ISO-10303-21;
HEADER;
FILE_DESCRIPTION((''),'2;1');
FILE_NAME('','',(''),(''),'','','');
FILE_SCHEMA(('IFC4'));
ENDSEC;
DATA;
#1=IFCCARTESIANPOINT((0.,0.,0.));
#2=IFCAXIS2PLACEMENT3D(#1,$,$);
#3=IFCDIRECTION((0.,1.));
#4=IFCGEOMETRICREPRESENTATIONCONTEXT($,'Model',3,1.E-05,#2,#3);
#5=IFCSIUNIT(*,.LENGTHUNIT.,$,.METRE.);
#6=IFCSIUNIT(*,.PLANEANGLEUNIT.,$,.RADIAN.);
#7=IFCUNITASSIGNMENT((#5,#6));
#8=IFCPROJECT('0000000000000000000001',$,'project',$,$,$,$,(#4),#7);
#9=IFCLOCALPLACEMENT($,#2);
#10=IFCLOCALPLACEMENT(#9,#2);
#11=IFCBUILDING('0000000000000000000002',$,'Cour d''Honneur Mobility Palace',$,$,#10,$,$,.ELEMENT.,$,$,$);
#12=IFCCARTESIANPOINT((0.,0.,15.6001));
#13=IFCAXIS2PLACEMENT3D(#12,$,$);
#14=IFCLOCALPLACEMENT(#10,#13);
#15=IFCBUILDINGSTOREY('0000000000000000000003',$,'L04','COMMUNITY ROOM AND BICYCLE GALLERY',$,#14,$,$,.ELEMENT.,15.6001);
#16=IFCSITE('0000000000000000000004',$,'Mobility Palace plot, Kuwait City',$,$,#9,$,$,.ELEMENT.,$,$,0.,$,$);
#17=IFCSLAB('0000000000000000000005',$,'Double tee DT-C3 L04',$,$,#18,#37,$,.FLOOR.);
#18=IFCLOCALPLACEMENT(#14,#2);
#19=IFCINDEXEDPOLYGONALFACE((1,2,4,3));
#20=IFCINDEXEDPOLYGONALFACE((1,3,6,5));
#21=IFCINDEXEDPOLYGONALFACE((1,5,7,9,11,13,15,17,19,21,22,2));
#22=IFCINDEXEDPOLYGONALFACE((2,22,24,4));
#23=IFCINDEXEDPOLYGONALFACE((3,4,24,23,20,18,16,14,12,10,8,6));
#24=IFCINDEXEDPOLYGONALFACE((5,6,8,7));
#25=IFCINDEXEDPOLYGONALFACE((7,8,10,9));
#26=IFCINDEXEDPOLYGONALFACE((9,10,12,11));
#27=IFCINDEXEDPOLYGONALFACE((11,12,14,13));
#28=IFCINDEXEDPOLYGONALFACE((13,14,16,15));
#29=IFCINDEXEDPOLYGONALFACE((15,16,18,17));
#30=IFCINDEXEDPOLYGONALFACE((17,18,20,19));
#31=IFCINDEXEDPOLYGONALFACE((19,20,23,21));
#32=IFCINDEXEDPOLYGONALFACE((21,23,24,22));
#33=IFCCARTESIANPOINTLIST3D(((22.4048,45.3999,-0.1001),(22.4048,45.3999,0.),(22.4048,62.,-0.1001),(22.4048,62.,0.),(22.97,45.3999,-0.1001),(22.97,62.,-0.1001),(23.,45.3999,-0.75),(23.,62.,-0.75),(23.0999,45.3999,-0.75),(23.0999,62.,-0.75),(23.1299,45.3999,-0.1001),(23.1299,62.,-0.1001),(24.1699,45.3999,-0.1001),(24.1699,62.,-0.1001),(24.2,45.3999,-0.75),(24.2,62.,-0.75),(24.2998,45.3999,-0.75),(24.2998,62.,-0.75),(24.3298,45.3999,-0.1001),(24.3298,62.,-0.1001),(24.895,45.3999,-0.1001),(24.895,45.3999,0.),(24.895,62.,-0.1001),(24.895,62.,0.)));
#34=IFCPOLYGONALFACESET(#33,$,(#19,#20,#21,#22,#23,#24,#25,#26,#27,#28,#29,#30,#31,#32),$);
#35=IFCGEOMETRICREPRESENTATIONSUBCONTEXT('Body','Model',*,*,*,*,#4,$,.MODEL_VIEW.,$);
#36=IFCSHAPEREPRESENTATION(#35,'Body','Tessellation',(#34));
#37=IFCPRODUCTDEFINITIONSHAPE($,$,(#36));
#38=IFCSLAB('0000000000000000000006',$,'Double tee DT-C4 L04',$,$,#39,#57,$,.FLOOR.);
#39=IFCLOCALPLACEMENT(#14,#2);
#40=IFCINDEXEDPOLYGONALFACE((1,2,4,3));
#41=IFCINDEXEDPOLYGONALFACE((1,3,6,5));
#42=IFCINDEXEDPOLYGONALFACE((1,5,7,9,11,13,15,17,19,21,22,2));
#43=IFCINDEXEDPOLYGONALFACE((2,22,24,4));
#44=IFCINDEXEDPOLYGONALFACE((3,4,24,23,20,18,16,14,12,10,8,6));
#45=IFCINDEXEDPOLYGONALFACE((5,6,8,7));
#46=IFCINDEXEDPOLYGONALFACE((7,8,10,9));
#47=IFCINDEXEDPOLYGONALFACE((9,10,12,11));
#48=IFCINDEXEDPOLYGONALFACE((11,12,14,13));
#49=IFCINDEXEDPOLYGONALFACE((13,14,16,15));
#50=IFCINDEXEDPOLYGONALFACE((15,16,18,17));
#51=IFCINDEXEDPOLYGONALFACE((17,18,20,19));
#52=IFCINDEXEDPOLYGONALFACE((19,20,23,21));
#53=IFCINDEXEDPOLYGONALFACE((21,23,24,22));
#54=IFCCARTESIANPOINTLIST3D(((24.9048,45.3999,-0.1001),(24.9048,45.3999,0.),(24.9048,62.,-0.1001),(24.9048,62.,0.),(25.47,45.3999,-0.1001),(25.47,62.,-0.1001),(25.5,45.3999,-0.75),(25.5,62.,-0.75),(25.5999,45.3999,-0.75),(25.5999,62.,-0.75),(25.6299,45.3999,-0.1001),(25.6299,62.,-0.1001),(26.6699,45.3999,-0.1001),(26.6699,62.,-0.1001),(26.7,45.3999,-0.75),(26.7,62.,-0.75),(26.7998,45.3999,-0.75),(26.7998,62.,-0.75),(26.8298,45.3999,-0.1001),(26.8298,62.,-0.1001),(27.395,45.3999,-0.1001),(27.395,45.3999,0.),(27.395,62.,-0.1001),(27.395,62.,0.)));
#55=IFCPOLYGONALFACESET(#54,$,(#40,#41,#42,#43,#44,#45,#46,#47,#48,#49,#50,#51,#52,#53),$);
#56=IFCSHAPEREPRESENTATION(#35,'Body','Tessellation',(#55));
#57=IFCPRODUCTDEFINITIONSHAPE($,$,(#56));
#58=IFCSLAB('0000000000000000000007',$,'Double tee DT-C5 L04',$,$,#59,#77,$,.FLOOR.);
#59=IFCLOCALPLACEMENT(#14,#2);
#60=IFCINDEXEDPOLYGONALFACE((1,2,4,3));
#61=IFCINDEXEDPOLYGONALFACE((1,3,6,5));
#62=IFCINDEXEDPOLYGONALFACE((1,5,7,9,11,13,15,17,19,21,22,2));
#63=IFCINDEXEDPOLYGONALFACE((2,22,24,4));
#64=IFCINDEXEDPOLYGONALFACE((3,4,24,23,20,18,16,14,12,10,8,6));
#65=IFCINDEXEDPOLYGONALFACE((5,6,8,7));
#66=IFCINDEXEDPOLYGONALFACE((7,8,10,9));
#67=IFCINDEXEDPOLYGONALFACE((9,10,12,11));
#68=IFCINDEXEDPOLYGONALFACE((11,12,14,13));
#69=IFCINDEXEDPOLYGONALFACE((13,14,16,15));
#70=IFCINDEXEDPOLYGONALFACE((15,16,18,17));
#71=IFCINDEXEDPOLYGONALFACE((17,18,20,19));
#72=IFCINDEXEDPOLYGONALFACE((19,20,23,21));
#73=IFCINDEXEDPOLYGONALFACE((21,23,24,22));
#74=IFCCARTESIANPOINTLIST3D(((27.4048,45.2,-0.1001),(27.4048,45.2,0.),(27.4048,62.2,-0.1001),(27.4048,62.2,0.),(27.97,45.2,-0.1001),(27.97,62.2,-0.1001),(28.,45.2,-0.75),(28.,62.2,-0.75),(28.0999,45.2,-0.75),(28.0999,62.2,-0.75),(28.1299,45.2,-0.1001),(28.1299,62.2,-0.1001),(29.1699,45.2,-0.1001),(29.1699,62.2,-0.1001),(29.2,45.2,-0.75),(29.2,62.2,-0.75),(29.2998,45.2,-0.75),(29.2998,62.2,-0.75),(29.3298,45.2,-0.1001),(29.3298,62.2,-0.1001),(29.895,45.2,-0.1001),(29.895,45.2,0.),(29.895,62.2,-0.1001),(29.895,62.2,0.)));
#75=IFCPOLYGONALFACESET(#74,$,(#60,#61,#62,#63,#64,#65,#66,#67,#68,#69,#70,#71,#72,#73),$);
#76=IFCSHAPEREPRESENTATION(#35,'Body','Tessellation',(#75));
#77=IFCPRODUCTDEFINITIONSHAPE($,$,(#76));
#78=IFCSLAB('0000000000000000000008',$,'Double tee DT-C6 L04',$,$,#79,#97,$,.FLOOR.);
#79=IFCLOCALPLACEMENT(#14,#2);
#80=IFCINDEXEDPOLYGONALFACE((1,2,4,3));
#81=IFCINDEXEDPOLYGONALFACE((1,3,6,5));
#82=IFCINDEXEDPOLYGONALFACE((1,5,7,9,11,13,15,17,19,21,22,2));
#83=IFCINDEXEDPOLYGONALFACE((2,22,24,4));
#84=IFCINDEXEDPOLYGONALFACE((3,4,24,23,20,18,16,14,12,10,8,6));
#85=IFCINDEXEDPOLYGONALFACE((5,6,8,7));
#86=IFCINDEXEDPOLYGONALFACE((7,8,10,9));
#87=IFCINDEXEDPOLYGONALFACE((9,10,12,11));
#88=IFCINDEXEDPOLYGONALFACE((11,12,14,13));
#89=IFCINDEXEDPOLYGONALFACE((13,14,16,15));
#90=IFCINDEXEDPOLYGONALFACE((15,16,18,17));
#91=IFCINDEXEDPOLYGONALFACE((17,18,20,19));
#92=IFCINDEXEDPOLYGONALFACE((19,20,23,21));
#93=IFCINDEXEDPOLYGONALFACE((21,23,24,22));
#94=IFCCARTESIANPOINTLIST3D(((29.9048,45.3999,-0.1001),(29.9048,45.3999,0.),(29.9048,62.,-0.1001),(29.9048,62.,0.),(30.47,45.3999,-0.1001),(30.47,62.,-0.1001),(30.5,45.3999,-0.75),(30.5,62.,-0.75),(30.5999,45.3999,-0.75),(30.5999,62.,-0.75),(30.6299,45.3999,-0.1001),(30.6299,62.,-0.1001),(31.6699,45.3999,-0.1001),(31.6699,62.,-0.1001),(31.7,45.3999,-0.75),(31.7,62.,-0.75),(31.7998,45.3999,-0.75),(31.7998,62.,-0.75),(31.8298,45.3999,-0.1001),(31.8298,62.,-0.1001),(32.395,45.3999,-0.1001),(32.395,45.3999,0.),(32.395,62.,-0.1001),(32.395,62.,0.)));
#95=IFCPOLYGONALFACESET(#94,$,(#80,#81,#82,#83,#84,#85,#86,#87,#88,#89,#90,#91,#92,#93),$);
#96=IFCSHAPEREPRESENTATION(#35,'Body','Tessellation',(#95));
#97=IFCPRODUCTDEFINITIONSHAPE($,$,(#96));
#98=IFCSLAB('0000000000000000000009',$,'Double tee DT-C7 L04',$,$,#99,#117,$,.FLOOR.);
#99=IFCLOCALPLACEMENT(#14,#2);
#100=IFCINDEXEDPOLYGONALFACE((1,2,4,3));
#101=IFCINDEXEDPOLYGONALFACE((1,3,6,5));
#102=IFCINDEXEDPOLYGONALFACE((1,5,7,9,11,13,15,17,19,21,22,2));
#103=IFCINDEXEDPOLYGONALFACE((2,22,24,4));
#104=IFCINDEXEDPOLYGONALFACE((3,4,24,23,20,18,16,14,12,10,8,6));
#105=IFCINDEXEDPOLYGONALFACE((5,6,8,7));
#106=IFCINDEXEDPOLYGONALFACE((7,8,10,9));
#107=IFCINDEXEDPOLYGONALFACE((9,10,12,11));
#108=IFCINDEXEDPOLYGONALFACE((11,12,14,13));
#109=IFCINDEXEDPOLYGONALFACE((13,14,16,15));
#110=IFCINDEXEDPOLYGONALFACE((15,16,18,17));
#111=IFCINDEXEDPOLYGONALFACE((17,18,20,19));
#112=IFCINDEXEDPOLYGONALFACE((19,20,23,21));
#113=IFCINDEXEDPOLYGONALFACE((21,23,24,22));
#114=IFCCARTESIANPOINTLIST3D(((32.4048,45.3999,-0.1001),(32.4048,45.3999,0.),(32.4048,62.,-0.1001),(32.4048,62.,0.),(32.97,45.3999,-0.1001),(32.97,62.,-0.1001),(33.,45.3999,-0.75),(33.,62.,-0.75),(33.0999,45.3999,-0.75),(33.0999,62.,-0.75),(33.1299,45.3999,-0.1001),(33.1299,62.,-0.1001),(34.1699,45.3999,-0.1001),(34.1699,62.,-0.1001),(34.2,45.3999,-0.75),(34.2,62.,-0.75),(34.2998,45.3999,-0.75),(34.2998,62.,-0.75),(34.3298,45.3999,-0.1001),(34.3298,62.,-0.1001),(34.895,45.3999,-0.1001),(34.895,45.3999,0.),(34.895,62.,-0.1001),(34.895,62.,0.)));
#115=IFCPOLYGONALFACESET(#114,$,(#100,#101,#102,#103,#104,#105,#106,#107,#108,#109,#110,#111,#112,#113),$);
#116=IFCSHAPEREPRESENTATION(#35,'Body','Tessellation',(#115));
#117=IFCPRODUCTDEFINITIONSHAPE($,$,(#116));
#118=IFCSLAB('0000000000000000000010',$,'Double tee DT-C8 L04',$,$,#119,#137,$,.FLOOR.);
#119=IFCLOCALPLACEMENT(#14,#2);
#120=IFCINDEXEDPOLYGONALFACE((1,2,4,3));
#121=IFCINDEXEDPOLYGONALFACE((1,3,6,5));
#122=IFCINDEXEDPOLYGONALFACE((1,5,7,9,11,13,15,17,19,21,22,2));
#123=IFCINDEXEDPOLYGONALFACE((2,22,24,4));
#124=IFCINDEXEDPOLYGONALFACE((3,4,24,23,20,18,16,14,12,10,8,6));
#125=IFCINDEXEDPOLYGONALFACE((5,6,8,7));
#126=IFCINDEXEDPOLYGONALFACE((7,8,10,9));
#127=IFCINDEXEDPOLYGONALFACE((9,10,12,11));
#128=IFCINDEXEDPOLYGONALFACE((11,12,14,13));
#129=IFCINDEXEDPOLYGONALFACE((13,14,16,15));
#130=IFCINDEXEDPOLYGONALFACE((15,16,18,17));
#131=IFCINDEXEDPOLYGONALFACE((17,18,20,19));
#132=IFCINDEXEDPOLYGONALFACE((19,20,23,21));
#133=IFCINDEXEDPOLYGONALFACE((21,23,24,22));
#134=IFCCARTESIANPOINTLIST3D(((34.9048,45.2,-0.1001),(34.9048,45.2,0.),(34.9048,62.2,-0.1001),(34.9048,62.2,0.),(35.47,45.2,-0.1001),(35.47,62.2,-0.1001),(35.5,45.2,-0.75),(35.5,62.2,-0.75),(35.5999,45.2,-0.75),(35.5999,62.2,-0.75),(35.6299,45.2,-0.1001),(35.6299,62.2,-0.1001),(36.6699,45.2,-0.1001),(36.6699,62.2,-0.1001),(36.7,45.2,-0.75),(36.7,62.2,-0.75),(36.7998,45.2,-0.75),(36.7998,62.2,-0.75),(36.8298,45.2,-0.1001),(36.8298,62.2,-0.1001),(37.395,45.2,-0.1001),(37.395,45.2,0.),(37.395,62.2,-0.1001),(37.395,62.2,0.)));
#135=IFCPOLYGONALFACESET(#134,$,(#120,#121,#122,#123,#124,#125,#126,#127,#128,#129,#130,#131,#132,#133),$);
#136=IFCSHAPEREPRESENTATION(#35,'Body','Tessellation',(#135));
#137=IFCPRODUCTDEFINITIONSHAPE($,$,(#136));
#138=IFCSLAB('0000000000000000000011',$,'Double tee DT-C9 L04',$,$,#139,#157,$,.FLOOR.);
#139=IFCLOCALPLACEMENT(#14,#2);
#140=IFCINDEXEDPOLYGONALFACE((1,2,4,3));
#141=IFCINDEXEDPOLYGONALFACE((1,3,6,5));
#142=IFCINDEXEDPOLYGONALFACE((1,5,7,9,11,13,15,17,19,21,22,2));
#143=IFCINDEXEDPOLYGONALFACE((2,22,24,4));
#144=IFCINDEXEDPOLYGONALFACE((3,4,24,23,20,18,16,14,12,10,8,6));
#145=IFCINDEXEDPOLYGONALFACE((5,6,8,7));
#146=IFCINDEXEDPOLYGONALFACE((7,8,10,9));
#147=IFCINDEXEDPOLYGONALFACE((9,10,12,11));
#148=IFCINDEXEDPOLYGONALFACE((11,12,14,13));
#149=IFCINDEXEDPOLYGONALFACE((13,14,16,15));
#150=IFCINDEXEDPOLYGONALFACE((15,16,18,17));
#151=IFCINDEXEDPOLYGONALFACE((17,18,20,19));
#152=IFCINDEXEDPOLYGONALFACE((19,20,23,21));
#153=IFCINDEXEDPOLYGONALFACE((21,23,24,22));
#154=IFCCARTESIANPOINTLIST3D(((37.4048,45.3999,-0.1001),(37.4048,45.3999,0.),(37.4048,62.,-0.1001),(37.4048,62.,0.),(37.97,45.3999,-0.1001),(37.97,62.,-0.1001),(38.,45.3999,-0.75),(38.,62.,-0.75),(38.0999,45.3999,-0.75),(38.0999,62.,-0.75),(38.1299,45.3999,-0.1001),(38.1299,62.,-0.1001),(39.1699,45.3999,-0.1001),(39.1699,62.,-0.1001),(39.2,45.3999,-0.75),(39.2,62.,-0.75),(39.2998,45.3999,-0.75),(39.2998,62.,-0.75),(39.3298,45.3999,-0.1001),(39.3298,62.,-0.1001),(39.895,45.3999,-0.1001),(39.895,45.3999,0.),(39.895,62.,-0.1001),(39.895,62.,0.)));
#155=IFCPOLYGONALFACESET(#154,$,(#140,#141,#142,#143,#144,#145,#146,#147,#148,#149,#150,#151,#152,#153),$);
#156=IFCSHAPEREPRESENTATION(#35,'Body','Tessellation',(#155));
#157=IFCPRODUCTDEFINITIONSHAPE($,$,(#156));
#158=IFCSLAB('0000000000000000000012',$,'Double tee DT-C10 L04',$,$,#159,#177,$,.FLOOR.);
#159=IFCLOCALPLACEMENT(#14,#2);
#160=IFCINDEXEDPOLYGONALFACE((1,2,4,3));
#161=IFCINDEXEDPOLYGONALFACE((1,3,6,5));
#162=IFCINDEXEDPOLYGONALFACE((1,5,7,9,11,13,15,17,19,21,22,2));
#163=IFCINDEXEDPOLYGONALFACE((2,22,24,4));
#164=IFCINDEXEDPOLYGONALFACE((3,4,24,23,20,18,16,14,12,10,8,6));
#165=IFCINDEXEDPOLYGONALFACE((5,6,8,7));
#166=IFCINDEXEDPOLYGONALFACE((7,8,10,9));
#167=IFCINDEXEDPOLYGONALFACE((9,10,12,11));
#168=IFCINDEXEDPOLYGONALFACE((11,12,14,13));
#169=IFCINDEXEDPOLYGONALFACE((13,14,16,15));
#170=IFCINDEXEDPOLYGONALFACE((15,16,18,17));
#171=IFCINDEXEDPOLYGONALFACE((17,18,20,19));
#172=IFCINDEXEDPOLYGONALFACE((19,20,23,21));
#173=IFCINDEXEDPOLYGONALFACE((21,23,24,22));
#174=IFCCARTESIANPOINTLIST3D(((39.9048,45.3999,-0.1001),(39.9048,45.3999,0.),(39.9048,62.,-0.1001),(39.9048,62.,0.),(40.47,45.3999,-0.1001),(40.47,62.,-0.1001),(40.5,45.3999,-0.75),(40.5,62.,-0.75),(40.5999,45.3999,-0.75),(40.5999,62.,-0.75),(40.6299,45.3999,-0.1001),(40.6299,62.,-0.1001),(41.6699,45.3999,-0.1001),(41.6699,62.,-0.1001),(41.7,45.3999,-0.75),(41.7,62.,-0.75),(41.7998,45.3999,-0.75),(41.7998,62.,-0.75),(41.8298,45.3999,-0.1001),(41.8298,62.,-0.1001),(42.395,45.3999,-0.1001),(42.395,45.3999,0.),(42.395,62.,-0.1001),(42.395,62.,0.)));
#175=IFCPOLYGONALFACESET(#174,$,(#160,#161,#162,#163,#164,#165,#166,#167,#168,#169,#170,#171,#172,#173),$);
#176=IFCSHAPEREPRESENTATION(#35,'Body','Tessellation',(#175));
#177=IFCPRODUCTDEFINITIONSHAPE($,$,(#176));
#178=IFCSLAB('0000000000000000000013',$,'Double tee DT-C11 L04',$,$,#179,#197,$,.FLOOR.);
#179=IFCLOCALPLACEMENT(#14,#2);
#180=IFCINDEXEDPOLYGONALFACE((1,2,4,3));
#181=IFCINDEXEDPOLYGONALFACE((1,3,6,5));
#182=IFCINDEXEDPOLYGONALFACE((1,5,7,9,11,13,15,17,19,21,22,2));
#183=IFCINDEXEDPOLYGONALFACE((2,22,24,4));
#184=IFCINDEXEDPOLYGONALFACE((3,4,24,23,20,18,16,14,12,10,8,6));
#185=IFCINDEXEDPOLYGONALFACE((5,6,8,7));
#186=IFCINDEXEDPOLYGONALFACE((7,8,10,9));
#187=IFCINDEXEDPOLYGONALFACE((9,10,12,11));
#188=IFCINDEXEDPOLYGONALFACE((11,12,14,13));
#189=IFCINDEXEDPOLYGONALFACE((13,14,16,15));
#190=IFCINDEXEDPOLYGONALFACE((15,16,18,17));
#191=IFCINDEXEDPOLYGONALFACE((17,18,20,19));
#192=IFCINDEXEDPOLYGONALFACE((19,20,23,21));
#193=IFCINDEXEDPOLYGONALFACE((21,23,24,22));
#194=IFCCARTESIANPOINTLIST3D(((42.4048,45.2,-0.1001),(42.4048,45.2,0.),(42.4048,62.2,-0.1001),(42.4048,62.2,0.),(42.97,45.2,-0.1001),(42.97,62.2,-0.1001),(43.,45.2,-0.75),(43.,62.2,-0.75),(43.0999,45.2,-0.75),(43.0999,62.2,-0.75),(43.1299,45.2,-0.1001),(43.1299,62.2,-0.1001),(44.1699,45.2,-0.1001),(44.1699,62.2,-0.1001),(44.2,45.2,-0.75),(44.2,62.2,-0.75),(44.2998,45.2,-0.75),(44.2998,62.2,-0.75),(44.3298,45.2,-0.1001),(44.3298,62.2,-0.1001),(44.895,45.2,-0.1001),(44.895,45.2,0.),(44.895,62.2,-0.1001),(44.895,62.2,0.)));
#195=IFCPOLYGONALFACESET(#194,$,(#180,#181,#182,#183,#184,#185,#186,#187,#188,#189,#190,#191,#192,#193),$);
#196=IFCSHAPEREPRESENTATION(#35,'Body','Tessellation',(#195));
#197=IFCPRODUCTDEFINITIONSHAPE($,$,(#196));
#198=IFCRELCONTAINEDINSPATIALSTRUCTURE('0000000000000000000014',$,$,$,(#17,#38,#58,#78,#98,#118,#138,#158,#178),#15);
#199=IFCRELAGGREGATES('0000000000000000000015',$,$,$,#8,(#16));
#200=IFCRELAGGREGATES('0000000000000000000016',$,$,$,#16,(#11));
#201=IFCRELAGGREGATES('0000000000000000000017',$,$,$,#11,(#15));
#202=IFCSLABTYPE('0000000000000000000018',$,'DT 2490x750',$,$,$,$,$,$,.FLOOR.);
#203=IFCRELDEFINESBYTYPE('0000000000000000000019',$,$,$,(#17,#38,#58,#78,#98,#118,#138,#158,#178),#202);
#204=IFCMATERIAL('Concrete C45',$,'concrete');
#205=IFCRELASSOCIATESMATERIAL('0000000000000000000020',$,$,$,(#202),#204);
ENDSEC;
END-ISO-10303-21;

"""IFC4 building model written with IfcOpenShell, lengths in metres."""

from ifc_helpers import new_model, si_unit, direction, frame, origin, place, context, subcontext, project, spatial, polyline, outline, extrude, material, material_profile, profile_set, type_object, element, save


model = new_model("IFC4")

# Units and contexts
model_context = context("Model", 3, precision=1e-05, world=origin(), true_north=direction((0.0, 1.0)))
body_context = subcontext(model_context, "Body", "Model", "MODEL_VIEW")
ifc_project = project(units=[si_unit("LENGTHUNIT", "METRE"), si_unit("PLANEANGLEUNIT", "RADIAN")], contexts=[model_context])

# Site, building, storey
site_placement = place(None, origin())
site = spatial("IfcSite", under=ifc_project, at=site_placement, Name="Mobility Palace plot, Kuwait City", CompositionType="ELEMENT", RefElevation=0.0)
building_placement = place(site_placement, origin())
building = spatial("IfcBuilding", under=site, at=building_placement, Name="Cour d'Honneur Mobility Palace", CompositionType="ELEMENT")
storey_placement = place(building_placement, frame((0.0, 0.0, 15.6001)))
storey = spatial("IfcBuildingStorey", under=building, at=storey_placement, Name="L04", Description="COMMUNITY ROOM AND BICYCLE GALLERY", CompositionType="ELEMENT", Elevation=15.6001)

# Slabs
ifc_material_1 = material(Name="Concrete C45", Category="concrete")
ifc_material_profile_1 = material_profile(ifc_material_1, outline(polyline([(-1.2451, 0.0), (1.2451, 0.0), (1.2451, -0.1001), (0.6799, -0.1001), (0.6499, -0.75), (0.55, -0.75), (0.52, -0.1001), (-0.52, -0.1001), (-0.55, -0.75), (-0.6499, -0.75), (-0.6799, -0.1001), (-1.2451, -0.1001), (-1.2451, 0.0)])), Name="DT 2490x750")
ifc_profile_set_1 = profile_set([ifc_material_profile_1], Name="Concrete C45")
slab_type = type_object("IfcSlabType", Name="DT 2490x750", PredefinedType="FLOOR", material=ifc_profile_set_1)
for number, where, z_axis, x_axis, name in (
    (1, (23.6499, 45.3999, 0.0), (0.0, 1.0, 0.0), (-1.0, 0.0, 0.0), "Double tee DT-C3 L04"),
    (2, (26.1499, 45.3999, 0.0), (0.0, 1.0, 0.0), (-1.0, 0.0, 0.0), "Double tee DT-C4 L04"),
):
    element("IfcSlab", number, at=place(storey_placement, frame(where, z_axis=z_axis, x_axis=x_axis)), inside=storey, type_object=slab_type, Name=name, PredefinedType="FLOOR", context=body_context, shape_type="SweptSolid", body=[
        extrude(outline(polyline([(-1.2451, 0.0), (1.2451, 0.0), (1.2451, -0.1001), (0.6799, -0.1001), (0.6499, -0.75), (0.55, -0.75), (0.52, -0.1001), (-0.52, -0.1001), (-0.55, -0.75), (-0.6499, -0.75), (-0.6799, -0.1001), (-1.2451, -0.1001), (-1.2451, 0.0)])), origin(), (0.0, 0.0, 1.0), 16.6001),
    ])
slab_1_placement = place(storey_placement, frame((28.6499, 45.2, 0.0), z_axis=(0.0, 1.0, 0.0), x_axis=(-1.0, 0.0, 0.0)))
element("IfcSlab", 3, at=slab_1_placement, inside=storey, type_object=slab_type, Name="Double tee DT-C5 L04", PredefinedType="FLOOR", context=body_context, shape_type="SweptSolid", body=[
    extrude(outline(polyline([(-1.2451, 0.0), (1.2451, 0.0), (1.2451, -0.1001), (0.6799, -0.1001), (0.6499, -0.75), (0.55, -0.75), (0.52, -0.1001), (-0.52, -0.1001), (-0.55, -0.75), (-0.6499, -0.75), (-0.6799, -0.1001), (-1.2451, -0.1001), (-1.2451, 0.0)])), origin(), (0.0, 0.0, 1.0), 17.0),
])
for number, where, z_axis, x_axis, name in (
    (4, (31.1499, 45.3999, 0.0), (0.0, 1.0, 0.0), (-1.0, 0.0, 0.0), "Double tee DT-C6 L04"),
    (5, (33.6499, 45.3999, 0.0), (0.0, 1.0, 0.0), (-1.0, 0.0, 0.0), "Double tee DT-C7 L04"),
):
    element("IfcSlab", number, at=place(storey_placement, frame(where, z_axis=z_axis, x_axis=x_axis)), inside=storey, type_object=slab_type, Name=name, PredefinedType="FLOOR", context=body_context, shape_type="SweptSolid", body=[
        extrude(outline(polyline([(-1.2451, 0.0), (1.2451, 0.0), (1.2451, -0.1001), (0.6799, -0.1001), (0.6499, -0.75), (0.55, -0.75), (0.52, -0.1001), (-0.52, -0.1001), (-0.55, -0.75), (-0.6499, -0.75), (-0.6799, -0.1001), (-1.2451, -0.1001), (-1.2451, 0.0)])), origin(), (0.0, 0.0, 1.0), 16.6001),
    ])
slab_2_placement = place(storey_placement, frame((36.1499, 45.2, 0.0), z_axis=(0.0, 1.0, 0.0), x_axis=(-1.0, 0.0, 0.0)))
element("IfcSlab", 6, at=slab_2_placement, inside=storey, type_object=slab_type, Name="Double tee DT-C8 L04", PredefinedType="FLOOR", context=body_context, shape_type="SweptSolid", body=[
    extrude(outline(polyline([(-1.2451, 0.0), (1.2451, 0.0), (1.2451, -0.1001), (0.6799, -0.1001), (0.6499, -0.75), (0.55, -0.75), (0.52, -0.1001), (-0.52, -0.1001), (-0.55, -0.75), (-0.6499, -0.75), (-0.6799, -0.1001), (-1.2451, -0.1001), (-1.2451, 0.0)])), origin(), (0.0, 0.0, 1.0), 17.0),
])
for number, where, z_axis, x_axis, name in (
    (7, (38.6499, 45.3999, 0.0), (0.0, 1.0, 0.0), (-1.0, 0.0, 0.0), "Double tee DT-C9 L04"),
    (8, (41.1499, 45.3999, 0.0), (0.0, 1.0, 0.0), (-1.0, 0.0, 0.0), "Double tee DT-C10 L04"),
):
    element("IfcSlab", number, at=place(storey_placement, frame(where, z_axis=z_axis, x_axis=x_axis)), inside=storey, type_object=slab_type, Name=name, PredefinedType="FLOOR", context=body_context, shape_type="SweptSolid", body=[
        extrude(outline(polyline([(-1.2451, 0.0), (1.2451, 0.0), (1.2451, -0.1001), (0.6799, -0.1001), (0.6499, -0.75), (0.55, -0.75), (0.52, -0.1001), (-0.52, -0.1001), (-0.55, -0.75), (-0.6499, -0.75), (-0.6799, -0.1001), (-1.2451, -0.1001), (-1.2451, 0.0)])), origin(), (0.0, 0.0, 1.0), 16.6001),
    ])
slab_3_placement = place(storey_placement, frame((43.6499, 45.2, 0.0), z_axis=(0.0, 1.0, 0.0), x_axis=(-1.0, 0.0, 0.0)))
element("IfcSlab", 9, at=slab_3_placement, inside=storey, type_object=slab_type, Name="Double tee DT-C11 L04", PredefinedType="FLOOR", context=body_context, shape_type="SweptSolid", body=[
    extrude(outline(polyline([(-1.2451, 0.0), (1.2451, 0.0), (1.2451, -0.1001), (0.6799, -0.1001), (0.6499, -0.75), (0.55, -0.75), (0.52, -0.1001), (-0.52, -0.1001), (-0.55, -0.75), (-0.6499, -0.75), (-0.6799, -0.1001), (-1.2451, -0.1001), (-1.2451, 0.0)])), origin(), (0.0, 0.0, 1.0), 17.0),
])

save(model, "model.ifc")
